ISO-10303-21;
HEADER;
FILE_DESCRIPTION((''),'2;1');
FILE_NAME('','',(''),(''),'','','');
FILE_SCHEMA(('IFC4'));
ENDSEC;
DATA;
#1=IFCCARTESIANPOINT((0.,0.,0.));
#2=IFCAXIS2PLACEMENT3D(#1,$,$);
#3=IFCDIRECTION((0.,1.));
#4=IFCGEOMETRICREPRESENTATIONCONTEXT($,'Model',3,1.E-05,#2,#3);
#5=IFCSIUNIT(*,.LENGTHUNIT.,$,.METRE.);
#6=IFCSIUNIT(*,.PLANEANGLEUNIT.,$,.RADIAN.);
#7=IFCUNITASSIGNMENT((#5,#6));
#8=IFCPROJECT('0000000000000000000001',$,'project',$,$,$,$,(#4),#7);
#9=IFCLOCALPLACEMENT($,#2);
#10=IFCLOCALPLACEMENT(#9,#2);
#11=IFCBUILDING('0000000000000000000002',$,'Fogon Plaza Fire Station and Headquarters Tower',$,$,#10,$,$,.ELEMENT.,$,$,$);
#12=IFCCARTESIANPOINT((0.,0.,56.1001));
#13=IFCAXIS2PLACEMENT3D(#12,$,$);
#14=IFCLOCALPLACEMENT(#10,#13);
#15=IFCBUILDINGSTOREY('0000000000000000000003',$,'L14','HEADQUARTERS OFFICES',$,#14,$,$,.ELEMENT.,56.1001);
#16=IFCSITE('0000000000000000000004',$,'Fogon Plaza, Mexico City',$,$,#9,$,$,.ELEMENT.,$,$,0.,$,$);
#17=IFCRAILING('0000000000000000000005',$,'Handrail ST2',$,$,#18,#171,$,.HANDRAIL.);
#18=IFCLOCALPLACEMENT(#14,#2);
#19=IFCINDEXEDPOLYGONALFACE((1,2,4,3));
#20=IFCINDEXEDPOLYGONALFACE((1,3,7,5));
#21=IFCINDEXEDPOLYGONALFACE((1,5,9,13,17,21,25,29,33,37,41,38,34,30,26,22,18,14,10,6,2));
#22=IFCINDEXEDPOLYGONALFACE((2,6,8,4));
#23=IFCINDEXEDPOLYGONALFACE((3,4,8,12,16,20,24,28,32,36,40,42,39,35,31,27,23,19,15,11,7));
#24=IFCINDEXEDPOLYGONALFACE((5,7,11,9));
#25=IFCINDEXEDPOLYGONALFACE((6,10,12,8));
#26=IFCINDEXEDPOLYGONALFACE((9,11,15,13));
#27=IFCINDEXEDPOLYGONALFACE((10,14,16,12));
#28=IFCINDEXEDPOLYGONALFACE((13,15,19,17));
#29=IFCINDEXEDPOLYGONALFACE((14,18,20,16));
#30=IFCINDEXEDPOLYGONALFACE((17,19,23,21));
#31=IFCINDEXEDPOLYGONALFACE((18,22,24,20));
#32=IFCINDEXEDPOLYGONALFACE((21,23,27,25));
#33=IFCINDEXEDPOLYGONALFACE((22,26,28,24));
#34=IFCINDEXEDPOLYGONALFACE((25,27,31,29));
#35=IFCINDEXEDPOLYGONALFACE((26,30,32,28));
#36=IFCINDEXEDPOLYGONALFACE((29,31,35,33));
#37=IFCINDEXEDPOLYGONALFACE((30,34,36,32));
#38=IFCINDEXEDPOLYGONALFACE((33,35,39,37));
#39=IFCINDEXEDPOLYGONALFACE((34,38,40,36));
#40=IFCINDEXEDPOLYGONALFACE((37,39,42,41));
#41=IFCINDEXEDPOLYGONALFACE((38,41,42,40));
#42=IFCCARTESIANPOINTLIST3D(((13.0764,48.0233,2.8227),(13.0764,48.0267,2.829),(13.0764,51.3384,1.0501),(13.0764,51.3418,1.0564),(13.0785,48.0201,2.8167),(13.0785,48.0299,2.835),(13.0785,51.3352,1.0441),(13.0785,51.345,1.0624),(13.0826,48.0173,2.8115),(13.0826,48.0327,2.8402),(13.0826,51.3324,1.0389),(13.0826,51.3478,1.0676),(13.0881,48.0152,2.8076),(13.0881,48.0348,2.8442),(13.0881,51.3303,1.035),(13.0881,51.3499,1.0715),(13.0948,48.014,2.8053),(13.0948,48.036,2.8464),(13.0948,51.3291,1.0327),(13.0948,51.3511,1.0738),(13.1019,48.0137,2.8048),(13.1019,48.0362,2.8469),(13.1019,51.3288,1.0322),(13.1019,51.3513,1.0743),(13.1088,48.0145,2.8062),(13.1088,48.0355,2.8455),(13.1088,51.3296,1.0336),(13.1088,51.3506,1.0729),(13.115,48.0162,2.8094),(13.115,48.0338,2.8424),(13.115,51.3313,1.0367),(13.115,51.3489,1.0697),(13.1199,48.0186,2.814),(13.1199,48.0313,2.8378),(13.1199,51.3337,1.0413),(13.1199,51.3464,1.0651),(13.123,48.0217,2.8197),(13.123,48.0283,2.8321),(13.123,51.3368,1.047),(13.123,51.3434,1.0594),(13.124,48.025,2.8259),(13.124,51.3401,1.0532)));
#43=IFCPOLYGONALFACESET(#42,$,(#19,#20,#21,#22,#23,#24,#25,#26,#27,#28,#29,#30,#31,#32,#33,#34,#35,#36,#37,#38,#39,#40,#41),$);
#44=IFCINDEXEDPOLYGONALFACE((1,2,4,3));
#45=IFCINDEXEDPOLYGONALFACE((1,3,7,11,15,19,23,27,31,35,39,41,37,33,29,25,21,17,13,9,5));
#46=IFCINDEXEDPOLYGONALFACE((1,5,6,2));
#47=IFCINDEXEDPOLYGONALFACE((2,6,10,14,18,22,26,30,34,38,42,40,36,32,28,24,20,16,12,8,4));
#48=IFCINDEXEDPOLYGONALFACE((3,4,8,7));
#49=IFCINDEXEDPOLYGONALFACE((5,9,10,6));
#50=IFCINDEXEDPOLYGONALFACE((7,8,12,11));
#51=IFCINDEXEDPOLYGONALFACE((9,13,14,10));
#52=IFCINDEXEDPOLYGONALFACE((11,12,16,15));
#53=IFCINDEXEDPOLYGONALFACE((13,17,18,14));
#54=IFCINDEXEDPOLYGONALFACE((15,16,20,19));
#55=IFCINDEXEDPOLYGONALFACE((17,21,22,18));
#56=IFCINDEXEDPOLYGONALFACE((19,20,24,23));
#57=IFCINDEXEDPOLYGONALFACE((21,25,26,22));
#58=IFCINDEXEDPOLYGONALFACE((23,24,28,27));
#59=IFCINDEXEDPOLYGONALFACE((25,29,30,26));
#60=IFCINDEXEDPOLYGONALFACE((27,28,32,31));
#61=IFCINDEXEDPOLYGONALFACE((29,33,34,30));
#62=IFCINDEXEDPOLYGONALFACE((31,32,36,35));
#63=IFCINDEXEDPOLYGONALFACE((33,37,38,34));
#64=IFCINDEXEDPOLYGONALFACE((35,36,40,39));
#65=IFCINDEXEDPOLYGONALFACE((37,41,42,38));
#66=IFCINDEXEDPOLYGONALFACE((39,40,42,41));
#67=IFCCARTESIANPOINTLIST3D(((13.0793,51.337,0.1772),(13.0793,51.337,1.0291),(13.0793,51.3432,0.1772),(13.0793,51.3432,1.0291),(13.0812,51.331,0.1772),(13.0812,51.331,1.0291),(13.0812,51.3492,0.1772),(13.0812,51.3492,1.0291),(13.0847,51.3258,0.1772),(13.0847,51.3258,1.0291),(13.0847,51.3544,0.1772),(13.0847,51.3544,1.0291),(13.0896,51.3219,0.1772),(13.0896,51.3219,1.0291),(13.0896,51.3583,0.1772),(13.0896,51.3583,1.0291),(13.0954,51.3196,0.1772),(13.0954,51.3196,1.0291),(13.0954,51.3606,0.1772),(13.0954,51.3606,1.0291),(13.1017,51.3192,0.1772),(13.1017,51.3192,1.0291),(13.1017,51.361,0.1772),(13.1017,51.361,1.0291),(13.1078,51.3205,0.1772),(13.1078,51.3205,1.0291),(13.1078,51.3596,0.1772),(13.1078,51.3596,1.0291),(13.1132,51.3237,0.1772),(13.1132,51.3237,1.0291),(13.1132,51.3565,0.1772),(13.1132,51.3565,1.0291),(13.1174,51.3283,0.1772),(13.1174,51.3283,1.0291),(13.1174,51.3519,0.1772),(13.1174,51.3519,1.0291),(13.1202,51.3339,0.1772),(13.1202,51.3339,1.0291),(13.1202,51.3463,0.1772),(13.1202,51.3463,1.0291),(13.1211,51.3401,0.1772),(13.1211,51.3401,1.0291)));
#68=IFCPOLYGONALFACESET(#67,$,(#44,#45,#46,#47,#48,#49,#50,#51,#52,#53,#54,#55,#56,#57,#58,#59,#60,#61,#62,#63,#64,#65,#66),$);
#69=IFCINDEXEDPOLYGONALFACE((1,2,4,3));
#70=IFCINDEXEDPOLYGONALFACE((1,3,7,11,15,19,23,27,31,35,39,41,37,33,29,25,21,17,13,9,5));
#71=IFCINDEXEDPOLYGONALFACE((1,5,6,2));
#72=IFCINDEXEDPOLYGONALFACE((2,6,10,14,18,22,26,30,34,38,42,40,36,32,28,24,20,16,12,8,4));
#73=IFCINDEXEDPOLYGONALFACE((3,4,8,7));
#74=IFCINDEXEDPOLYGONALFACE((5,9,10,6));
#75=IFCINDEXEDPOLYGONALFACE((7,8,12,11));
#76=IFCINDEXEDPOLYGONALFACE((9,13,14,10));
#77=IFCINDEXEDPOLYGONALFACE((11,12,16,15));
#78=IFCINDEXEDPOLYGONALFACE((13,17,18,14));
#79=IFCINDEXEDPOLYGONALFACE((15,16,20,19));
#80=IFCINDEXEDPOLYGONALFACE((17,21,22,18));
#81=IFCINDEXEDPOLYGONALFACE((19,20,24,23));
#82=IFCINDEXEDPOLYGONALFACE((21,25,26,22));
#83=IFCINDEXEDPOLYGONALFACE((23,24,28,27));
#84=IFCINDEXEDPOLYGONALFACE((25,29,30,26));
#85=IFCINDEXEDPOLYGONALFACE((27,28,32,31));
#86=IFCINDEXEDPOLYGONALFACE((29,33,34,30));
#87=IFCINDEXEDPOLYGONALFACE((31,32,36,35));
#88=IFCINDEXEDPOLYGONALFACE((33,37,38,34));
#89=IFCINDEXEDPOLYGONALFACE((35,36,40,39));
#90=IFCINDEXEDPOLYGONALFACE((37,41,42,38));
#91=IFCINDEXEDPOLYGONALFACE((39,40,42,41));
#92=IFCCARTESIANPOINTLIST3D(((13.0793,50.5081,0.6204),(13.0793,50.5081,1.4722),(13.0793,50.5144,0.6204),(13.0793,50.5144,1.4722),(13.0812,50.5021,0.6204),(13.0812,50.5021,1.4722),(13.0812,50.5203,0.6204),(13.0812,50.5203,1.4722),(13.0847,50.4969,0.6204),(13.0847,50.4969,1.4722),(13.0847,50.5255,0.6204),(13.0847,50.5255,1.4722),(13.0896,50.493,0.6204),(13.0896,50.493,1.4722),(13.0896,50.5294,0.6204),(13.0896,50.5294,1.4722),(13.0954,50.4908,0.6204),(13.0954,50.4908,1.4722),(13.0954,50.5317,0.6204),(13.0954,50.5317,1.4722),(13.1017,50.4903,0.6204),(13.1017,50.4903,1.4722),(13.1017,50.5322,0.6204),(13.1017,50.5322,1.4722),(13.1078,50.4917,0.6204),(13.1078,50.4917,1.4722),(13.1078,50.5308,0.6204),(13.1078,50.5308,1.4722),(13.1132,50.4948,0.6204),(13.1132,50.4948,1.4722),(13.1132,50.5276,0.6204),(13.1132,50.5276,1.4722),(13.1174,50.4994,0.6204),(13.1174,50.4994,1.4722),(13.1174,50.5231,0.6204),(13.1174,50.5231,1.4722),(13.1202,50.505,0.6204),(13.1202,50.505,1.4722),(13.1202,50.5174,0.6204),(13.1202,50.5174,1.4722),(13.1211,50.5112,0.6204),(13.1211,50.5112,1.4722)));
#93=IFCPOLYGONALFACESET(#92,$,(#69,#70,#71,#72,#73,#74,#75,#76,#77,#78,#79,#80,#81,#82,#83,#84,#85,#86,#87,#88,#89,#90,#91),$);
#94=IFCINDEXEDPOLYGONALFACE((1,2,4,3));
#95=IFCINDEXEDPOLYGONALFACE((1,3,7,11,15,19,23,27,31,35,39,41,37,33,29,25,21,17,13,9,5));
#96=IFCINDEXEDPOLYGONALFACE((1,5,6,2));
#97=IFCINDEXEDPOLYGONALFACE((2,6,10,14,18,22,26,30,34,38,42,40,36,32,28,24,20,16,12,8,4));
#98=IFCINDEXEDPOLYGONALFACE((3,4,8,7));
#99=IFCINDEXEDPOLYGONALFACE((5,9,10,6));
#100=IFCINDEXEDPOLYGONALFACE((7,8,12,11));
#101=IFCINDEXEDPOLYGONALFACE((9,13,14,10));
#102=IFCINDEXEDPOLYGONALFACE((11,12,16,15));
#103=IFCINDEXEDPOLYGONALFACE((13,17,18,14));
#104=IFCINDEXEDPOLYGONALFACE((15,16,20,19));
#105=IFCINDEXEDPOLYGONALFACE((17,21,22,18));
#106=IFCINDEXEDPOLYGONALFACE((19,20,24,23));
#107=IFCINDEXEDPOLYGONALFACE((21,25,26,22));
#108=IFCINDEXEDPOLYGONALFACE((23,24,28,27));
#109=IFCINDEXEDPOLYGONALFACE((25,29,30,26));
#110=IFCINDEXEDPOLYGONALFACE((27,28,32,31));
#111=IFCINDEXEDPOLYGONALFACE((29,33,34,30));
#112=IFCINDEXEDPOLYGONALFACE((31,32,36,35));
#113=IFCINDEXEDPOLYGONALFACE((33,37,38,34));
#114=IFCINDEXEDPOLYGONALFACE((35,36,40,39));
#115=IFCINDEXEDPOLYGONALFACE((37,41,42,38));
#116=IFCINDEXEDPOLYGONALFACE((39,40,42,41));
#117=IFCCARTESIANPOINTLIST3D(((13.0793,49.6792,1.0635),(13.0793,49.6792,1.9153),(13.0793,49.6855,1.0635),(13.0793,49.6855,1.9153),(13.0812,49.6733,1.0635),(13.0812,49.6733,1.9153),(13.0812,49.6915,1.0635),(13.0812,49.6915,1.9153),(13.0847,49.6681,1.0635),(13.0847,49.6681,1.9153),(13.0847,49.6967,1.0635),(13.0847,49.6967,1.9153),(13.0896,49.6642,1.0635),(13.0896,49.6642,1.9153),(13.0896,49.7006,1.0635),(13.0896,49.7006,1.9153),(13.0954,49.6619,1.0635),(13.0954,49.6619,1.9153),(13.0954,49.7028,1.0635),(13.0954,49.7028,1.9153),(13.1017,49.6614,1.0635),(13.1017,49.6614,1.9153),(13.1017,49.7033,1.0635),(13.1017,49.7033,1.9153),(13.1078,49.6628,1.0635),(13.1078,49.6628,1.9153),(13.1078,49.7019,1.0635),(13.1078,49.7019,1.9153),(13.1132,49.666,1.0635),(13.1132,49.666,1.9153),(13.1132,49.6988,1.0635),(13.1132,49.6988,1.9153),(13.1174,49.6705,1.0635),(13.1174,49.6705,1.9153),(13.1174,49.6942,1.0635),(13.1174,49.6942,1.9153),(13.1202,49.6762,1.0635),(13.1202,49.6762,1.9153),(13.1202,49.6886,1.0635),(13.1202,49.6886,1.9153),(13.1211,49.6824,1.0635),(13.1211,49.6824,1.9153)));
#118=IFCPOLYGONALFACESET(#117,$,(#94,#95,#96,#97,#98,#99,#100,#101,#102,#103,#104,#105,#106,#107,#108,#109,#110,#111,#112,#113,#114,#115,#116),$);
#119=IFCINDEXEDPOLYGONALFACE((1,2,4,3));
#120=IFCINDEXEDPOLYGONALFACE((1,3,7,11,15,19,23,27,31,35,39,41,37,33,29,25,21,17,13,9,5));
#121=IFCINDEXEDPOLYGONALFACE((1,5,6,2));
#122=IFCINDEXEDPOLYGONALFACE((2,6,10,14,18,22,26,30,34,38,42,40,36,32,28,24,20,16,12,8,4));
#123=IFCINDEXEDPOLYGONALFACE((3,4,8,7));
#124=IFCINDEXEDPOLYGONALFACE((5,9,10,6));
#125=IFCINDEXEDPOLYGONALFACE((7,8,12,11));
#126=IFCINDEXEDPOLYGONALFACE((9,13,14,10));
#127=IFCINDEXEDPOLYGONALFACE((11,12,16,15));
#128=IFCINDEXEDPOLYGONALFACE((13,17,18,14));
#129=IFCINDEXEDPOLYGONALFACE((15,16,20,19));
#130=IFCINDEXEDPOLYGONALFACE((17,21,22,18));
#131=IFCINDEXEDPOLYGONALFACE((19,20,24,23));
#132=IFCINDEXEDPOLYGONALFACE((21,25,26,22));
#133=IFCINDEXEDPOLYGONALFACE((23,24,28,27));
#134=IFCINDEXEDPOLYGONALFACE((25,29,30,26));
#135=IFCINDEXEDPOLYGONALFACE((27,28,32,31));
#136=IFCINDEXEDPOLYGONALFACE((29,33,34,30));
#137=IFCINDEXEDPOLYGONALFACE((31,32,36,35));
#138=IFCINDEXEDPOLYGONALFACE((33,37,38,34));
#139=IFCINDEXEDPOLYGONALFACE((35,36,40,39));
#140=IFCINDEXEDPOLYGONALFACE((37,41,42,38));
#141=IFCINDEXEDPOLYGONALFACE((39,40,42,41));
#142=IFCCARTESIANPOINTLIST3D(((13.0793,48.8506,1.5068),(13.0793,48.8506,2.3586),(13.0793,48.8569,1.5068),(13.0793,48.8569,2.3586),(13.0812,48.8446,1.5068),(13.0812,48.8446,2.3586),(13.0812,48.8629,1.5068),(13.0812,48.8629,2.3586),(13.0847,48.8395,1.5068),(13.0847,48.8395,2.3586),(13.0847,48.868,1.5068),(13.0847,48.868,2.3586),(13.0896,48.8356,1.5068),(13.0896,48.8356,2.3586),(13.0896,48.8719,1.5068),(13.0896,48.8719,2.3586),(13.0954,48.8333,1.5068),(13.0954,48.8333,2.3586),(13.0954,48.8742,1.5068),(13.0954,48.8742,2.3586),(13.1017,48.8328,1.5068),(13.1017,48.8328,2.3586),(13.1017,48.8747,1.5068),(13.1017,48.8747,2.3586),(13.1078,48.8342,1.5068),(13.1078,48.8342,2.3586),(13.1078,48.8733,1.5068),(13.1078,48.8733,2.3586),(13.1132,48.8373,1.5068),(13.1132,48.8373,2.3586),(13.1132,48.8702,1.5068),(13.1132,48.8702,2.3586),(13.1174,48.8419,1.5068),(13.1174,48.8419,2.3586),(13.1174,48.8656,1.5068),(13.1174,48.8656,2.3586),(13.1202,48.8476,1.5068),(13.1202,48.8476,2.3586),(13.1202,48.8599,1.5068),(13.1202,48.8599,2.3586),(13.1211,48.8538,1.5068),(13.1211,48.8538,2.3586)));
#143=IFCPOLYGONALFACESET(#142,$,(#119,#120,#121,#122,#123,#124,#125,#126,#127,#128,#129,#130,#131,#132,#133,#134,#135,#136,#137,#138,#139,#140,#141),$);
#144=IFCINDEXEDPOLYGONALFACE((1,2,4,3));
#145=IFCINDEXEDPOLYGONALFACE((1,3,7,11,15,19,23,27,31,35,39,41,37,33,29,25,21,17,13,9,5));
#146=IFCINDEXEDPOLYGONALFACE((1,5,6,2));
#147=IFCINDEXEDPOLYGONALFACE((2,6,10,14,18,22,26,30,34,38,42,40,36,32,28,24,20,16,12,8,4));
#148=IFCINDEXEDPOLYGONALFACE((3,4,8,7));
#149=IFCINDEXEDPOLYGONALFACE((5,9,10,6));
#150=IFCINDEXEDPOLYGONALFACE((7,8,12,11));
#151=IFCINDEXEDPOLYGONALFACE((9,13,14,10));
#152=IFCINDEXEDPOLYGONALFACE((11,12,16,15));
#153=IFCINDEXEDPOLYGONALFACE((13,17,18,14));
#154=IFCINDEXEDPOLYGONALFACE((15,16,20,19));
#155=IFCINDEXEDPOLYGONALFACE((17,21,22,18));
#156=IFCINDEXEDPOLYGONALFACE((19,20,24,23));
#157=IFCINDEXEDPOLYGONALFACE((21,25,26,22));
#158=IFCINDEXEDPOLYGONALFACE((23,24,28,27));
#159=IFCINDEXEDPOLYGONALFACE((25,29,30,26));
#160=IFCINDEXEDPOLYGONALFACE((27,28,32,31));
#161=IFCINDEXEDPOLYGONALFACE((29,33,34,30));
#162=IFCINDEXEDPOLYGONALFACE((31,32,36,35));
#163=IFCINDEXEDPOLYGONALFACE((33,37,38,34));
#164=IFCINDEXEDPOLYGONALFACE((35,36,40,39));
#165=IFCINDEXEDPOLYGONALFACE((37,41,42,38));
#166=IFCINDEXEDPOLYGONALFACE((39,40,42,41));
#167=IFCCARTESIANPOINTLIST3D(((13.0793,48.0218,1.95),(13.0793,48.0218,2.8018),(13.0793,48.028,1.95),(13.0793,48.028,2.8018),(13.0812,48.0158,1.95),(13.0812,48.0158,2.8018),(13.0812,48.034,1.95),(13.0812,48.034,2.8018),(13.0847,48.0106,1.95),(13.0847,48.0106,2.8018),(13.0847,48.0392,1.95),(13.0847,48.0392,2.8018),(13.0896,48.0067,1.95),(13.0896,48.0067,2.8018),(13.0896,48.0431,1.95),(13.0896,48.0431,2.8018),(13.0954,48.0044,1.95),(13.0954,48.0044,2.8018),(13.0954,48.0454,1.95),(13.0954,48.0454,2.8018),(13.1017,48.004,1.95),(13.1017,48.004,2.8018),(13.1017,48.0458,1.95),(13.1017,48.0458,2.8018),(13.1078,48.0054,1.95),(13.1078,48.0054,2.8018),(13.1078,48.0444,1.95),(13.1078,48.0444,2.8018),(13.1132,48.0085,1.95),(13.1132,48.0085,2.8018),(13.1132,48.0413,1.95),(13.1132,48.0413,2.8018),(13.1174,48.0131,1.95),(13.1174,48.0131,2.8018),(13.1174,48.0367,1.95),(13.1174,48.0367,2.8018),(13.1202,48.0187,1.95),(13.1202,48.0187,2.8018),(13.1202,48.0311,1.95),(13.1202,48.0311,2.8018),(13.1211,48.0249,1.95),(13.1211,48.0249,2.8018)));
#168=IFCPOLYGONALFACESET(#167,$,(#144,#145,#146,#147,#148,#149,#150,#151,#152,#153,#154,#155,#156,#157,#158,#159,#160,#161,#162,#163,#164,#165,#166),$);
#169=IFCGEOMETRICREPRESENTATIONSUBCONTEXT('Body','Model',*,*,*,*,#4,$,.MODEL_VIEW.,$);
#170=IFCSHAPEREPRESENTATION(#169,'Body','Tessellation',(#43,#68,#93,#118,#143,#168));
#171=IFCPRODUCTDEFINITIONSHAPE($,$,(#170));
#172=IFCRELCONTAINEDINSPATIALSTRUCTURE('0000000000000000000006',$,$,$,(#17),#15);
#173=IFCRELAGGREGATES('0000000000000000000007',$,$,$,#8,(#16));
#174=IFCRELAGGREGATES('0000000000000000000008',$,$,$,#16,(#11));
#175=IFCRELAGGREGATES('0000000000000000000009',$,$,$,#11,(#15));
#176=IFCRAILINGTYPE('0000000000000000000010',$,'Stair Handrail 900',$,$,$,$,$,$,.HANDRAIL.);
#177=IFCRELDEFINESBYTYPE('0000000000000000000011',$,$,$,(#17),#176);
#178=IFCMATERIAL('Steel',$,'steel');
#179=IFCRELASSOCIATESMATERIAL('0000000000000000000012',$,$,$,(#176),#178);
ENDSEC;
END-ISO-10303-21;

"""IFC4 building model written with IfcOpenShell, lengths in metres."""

from ifc_helpers import new_model, si_unit, direction, frame, origin, origin_2d, place, context, subcontext, project, spatial, circle, extrude, material, type_object, element, save


model = new_model("IFC4")

# Units and contexts
model_context = context("Model", 3, precision=1e-05, world=origin(), true_north=direction((0.0, 1.0)))
body_context = subcontext(model_context, "Body", "Model", "MODEL_VIEW")
ifc_project = project(units=[si_unit("LENGTHUNIT", "METRE"), si_unit("PLANEANGLEUNIT", "RADIAN")], contexts=[model_context])

# Site, building, storey
site_placement = place(None, origin())
site = spatial("IfcSite", under=ifc_project, at=site_placement, Name="Fogon Plaza, Mexico City", CompositionType="ELEMENT", RefElevation=0.0)
building_placement = place(site_placement, origin())
building = spatial("IfcBuilding", under=site, at=building_placement, Name="Fogon Plaza Fire Station and Headquarters Tower", CompositionType="ELEMENT")
storey_placement = place(building_placement, frame((0.0, 0.0, 56.1001)))
storey = spatial("IfcBuildingStorey", under=building, at=storey_placement, Name="L14", Description="HEADQUARTERS OFFICES", CompositionType="ELEMENT", Elevation=56.1001)

# Railing
ifc_material_1 = material(Name="Steel", Category="steel")
railing_type = type_object("IfcRailingType", Name="Stair Handrail 900", PredefinedType="HANDRAIL", material=ifc_material_1)
for number, where, name in (
    (1, (13.1001, 51.3401, 0.1772), "Handrail ST2"),
):
    element("IfcRailing", number, at=place(storey_placement, frame(where)), inside=storey, type_object=railing_type, Name=name, PredefinedType="HANDRAIL", context=body_context, shape_type="SweptSolid", body=[
        extrude(circle(Radius=0.0239, at=origin_2d()), frame((0.0, 0.0, 0.876), z_axis=(0.0, -0.881844, 0.471542), x_axis=(1.0, 0.0, 0.0)), (0.0, 0.0, 1.0), 3.7593),
        extrude(circle(Radius=0.021, at=origin_2d()), origin(), (0.0, 0.0, 1.0), 0.8518),
        extrude(circle(Radius=0.021, at=origin_2d()), frame((0.0, -0.8289, 0.4431)), (0.0, 0.0, 1.0), 0.8518),
        extrude(circle(Radius=0.021, at=origin_2d()), frame((0.0, -1.6577, 0.8862)), (0.0, 0.0, 1.0), 0.8518),
        extrude(circle(Radius=0.021, at=origin_2d()), frame((0.0, -2.4863, 1.3296)), (0.0, 0.0, 1.0), 0.8518),
        extrude(circle(Radius=0.021, at=origin_2d()), frame((0.0, -3.3152, 1.7727)), (0.0, 0.0, 1.0), 0.8518),
    ])

save(model, "model.ifc")
